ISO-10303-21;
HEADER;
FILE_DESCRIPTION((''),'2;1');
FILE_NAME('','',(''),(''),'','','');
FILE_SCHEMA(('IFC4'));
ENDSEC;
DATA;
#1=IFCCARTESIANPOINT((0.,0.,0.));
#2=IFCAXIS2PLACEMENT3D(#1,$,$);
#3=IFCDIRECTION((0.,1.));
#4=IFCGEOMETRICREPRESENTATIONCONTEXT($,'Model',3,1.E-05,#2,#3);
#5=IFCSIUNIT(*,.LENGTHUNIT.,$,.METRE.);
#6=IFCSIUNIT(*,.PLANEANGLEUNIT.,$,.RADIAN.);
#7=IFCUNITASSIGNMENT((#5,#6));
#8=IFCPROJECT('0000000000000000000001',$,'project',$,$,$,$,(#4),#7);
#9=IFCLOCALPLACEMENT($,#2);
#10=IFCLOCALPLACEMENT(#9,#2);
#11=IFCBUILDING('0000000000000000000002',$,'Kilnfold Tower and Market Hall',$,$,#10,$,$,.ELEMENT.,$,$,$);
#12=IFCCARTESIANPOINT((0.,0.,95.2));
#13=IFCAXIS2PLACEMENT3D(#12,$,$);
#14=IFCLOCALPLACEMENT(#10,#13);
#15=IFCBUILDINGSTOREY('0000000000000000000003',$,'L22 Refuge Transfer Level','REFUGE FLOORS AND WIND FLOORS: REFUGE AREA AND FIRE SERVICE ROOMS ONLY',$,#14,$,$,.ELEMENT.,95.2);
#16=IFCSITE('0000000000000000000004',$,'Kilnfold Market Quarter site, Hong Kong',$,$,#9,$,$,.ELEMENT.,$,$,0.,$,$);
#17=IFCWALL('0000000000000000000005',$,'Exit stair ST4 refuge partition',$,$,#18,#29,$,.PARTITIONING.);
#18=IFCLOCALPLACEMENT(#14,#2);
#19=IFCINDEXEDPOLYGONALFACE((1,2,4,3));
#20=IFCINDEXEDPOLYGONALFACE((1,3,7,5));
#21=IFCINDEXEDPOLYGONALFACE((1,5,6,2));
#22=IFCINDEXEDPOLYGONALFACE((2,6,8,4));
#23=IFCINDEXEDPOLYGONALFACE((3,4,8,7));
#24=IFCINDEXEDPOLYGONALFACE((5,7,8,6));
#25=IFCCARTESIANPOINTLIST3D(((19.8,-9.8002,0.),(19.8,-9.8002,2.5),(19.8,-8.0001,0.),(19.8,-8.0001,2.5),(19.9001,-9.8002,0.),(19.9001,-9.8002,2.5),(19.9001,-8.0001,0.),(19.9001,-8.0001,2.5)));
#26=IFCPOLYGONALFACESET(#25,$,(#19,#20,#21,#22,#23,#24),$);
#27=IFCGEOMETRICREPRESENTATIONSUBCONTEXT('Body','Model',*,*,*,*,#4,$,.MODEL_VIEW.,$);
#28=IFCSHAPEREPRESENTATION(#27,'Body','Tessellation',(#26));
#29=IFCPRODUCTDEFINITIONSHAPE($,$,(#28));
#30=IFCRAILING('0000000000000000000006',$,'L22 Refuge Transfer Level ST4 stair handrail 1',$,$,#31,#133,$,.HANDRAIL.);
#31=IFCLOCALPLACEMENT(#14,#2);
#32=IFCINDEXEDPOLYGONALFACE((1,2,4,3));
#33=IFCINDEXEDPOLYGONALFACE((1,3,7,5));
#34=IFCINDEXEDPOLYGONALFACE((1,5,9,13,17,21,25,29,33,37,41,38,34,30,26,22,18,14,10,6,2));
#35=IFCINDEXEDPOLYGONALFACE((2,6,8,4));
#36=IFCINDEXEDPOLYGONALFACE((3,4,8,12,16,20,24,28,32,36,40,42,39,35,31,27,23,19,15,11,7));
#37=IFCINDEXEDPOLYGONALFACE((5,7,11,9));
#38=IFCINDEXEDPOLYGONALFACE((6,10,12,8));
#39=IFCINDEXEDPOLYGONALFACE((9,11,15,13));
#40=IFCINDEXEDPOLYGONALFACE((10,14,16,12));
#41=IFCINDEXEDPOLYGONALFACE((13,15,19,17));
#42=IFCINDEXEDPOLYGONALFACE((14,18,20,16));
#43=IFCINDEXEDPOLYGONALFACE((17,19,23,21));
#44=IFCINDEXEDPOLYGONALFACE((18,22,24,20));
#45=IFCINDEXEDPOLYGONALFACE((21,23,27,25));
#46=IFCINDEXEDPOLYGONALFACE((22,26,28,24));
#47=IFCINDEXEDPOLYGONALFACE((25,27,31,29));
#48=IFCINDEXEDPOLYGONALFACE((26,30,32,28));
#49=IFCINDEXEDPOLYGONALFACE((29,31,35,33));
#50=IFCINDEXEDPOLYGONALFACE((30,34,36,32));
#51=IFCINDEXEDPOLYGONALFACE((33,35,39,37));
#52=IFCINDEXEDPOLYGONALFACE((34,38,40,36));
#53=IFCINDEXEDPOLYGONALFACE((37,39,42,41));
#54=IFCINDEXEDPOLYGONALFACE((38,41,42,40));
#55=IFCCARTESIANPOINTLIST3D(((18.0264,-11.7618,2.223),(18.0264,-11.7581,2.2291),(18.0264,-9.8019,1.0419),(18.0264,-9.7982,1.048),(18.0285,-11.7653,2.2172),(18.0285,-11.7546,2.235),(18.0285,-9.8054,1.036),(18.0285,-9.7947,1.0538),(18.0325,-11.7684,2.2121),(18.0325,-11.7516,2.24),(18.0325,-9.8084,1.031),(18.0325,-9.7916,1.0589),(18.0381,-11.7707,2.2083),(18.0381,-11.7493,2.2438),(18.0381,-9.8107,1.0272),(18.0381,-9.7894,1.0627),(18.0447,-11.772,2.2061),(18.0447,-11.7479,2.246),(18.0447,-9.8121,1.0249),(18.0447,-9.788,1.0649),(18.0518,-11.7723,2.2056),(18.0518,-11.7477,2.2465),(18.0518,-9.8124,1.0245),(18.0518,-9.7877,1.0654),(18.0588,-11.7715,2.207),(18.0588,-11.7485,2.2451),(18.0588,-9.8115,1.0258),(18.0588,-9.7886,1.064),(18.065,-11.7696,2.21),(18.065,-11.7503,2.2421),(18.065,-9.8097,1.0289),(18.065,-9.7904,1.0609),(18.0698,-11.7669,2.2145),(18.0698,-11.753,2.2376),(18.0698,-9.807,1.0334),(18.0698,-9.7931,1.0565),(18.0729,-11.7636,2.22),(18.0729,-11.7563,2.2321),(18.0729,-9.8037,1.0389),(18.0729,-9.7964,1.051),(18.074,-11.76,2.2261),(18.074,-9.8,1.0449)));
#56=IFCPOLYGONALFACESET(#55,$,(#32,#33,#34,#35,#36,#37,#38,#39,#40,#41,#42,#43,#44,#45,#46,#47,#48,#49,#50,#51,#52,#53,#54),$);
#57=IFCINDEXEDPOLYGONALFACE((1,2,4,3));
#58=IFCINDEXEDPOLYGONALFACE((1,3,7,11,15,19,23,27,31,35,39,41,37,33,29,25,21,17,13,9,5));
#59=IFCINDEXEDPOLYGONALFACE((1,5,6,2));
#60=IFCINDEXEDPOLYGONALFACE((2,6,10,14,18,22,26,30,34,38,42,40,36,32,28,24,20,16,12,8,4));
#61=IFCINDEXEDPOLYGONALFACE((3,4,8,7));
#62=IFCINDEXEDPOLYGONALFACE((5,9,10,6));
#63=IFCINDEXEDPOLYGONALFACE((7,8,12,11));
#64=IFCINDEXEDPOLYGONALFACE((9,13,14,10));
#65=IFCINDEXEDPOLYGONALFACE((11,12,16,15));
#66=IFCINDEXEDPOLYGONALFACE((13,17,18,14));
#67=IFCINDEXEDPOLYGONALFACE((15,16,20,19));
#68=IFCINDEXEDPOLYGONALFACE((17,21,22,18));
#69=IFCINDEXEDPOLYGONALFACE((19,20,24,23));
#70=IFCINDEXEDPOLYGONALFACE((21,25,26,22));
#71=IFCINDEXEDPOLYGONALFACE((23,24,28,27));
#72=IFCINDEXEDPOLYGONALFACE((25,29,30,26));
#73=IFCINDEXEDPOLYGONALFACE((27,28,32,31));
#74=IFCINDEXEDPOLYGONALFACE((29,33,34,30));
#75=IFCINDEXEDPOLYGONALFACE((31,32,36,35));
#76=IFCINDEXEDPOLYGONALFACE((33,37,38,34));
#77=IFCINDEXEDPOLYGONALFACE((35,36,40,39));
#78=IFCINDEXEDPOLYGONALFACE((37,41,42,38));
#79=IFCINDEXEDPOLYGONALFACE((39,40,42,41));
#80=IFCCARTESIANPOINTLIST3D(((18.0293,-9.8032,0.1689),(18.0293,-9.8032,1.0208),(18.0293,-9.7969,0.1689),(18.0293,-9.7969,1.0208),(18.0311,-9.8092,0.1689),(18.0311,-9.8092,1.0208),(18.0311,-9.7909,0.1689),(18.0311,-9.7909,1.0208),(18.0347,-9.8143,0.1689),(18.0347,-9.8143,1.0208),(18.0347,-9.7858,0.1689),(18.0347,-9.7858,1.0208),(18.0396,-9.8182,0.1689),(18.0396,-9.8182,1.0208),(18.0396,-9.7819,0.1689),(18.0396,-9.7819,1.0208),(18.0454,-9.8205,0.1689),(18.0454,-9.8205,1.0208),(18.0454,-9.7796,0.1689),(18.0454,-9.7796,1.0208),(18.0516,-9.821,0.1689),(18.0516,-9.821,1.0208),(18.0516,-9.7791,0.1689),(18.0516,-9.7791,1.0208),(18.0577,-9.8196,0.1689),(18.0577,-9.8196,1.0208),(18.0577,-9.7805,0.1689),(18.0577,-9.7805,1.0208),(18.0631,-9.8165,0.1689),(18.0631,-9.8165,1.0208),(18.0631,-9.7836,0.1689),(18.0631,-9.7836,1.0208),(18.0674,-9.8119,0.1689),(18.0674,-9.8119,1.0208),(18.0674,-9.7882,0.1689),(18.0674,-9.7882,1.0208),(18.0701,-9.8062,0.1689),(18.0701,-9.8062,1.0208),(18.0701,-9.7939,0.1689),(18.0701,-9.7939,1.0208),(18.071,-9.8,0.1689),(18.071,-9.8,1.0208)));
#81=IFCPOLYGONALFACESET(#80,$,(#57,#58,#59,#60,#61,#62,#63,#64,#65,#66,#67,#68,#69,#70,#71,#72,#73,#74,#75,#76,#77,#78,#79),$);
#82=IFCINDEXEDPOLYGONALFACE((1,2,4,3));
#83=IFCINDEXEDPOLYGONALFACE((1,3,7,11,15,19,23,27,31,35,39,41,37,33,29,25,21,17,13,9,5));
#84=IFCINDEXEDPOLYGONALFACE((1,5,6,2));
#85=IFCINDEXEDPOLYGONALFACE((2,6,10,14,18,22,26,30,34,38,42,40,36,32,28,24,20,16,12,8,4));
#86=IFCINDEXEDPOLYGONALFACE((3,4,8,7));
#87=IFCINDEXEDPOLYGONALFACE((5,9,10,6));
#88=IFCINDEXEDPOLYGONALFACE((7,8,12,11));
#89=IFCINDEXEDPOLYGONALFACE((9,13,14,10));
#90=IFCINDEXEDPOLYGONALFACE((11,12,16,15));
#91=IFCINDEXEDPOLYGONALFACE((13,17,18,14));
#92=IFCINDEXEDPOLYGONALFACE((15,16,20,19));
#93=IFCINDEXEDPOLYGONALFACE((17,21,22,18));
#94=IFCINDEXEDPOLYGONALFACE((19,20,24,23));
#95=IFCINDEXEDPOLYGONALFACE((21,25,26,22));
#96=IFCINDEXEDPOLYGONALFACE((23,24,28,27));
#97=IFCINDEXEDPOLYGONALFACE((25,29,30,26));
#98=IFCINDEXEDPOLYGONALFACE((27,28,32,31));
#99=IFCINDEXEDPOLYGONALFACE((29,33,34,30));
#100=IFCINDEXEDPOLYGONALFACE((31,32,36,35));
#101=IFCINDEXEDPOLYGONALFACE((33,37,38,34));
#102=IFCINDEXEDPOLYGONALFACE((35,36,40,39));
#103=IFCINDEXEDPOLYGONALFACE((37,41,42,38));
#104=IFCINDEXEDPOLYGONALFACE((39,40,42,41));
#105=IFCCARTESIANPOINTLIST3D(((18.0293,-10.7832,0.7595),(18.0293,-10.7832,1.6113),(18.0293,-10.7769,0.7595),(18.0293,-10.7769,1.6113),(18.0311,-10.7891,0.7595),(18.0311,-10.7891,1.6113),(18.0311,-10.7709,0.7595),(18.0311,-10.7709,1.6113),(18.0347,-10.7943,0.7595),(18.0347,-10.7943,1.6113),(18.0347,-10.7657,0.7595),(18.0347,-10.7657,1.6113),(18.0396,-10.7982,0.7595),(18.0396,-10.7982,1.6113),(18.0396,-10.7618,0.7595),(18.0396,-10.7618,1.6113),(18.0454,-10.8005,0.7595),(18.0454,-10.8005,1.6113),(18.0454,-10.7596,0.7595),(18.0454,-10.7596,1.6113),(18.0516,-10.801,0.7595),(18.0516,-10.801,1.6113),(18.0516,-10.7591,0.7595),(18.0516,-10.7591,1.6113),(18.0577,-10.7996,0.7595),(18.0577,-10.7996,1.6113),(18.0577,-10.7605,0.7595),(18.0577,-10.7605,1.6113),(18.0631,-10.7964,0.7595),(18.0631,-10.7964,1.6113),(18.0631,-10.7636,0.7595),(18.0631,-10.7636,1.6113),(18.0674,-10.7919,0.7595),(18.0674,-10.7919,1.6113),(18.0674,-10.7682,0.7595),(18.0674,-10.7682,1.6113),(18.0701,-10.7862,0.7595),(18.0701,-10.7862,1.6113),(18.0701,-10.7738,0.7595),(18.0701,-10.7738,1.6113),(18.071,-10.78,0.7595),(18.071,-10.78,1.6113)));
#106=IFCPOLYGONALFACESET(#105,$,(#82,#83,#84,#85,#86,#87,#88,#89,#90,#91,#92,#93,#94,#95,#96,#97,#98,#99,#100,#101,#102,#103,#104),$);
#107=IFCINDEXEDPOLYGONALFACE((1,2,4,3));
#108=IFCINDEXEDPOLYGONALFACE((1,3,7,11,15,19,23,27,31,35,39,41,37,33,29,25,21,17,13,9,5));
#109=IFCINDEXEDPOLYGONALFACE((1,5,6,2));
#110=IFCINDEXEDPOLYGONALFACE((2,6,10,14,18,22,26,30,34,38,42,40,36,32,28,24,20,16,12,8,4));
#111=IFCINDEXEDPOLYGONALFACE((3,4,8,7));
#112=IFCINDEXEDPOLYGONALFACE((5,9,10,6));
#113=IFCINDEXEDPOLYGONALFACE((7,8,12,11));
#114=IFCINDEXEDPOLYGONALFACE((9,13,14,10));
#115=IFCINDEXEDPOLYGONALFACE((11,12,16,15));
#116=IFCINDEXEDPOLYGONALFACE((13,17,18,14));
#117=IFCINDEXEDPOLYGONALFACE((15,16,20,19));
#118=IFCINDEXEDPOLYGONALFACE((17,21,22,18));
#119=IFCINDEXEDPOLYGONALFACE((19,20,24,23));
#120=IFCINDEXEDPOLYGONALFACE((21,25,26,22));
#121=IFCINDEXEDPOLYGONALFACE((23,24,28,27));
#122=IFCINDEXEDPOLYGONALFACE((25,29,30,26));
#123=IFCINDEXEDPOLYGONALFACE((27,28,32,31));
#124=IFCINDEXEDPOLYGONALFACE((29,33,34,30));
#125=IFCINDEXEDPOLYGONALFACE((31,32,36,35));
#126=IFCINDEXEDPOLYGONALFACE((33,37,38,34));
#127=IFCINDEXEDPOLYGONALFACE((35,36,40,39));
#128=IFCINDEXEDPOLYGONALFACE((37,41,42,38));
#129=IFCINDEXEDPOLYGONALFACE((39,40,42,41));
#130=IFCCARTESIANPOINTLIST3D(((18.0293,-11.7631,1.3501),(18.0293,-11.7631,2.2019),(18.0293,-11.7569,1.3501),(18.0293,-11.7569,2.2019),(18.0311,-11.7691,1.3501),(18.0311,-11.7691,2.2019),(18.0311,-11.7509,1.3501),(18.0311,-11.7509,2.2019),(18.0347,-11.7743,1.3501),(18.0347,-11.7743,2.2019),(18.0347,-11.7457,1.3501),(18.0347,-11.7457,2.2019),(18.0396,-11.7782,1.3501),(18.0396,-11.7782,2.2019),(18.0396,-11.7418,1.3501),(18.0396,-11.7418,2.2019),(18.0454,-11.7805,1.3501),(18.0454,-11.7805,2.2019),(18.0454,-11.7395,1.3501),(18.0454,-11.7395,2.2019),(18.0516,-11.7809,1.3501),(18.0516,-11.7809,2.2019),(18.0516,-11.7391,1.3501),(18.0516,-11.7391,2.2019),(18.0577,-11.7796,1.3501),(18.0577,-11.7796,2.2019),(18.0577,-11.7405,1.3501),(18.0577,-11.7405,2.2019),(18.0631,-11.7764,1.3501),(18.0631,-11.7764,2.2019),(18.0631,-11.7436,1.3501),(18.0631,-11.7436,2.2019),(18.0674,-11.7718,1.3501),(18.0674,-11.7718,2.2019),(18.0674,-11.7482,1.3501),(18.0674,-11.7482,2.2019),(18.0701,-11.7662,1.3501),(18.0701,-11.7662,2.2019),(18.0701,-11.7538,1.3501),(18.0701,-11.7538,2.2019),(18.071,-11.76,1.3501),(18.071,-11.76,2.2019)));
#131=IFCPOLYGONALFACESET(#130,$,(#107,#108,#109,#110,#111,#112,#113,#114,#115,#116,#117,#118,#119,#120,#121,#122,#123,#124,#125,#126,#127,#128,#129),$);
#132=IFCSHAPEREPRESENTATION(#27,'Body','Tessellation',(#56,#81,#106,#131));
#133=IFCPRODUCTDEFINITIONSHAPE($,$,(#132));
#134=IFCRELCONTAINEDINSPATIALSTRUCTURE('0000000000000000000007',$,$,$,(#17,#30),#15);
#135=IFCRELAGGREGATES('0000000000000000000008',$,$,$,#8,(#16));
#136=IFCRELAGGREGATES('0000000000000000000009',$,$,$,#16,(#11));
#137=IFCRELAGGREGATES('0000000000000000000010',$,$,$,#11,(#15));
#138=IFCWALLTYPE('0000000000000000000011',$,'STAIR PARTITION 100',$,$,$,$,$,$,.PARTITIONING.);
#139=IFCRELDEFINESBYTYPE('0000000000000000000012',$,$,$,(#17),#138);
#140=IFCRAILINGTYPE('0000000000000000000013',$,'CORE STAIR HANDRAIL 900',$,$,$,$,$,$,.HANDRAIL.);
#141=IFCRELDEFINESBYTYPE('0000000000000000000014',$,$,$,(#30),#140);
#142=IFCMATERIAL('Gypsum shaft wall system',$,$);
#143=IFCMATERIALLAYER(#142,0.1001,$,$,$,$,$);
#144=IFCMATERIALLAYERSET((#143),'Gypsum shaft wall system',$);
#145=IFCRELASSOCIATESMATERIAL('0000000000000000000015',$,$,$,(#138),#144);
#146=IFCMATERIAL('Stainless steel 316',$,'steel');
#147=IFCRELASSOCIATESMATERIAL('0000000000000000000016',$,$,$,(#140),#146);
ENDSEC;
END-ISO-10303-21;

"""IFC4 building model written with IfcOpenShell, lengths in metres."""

from ifc_helpers import new_model, si_unit, direction, frame, frame_2d, origin, origin_2d, place, context, subcontext, project, spatial, rectangle, circle, extrude, source, transform, mapped, material, layer, layer_set, type_object, element, save


model = new_model("IFC4")

# Units and contexts
model_context = context("Model", 3, precision=1e-05, world=origin(), true_north=direction((0.0, 1.0)))
body_context = subcontext(model_context, "Body", "Model", "MODEL_VIEW")
ifc_project = project(units=[si_unit("LENGTHUNIT", "METRE"), si_unit("PLANEANGLEUNIT", "RADIAN")], contexts=[model_context])

# Site, building, storey
site_placement = place(None, origin())
site = spatial("IfcSite", under=ifc_project, at=site_placement, Name="Kilnfold Market Quarter site, Hong Kong", CompositionType="ELEMENT", RefElevation=0.0)
building_placement = place(site_placement, origin())
building = spatial("IfcBuilding", under=site, at=building_placement, Name="Kilnfold Tower and Market Hall", CompositionType="ELEMENT")
storey_placement = place(building_placement, frame((0.0, 0.0, 95.2)))
storey = spatial("IfcBuildingStorey", under=building, at=storey_placement, Name="L22 Refuge Transfer Level", Description="REFUGE FLOORS AND WIND FLOORS: REFUGE AREA AND FIRE SERVICE ROOMS ONLY", CompositionType="ELEMENT", Elevation=95.2)

# Wall
ifc_material_1 = material(Name="Gypsum shaft wall system")
ifc_layer_1 = layer(ifc_material_1, 0.1001)
ifc_layer_set_1 = layer_set([ifc_layer_1], Name="Gypsum shaft wall system")
wall_type_1 = type_object("IfcWallType", Name="STAIR PARTITION 100", PredefinedType="PARTITIONING", material=ifc_layer_set_1)
shared_shape_1 = source(origin(), body_context, "Body", "SweptSolid", [
    extrude(rectangle(XDim=1.8, YDim=0.1001, at=frame_2d((0.8999, 0.0))), origin(), (0.0, 0.0, 1.0), 2.5),
])
wall_1_placement = place(storey_placement, frame((19.8501, -9.8, 0.0), z_axis=(0.0, 0.0, 1.0), x_axis=(0.0, 1.0, 0.0)))
element("IfcWall", 1, at=wall_1_placement, inside=storey, type_object=wall_type_1, Name="Exit stair ST4 refuge partition", PredefinedType="PARTITIONING", context=body_context, shape_type="MappedRepresentation", body=[
    mapped(shared_shape_1, transform((0.0, 0.0, 0.0))),
])

# Railing
ifc_material_2 = material(Name="Stainless steel 316", Category="steel")
railing_type_1 = type_object("IfcRailingType", Name="CORE STAIR HANDRAIL 900", PredefinedType="HANDRAIL", material=ifc_material_2)
railing_1_placement = place(storey_placement, frame((18.05, -9.8, 0.1689)))
element("IfcRailing", 2, at=railing_1_placement, inside=storey, type_object=railing_type_1, Name="L22 Refuge Transfer Level ST4 stair handrail 1", PredefinedType="HANDRAIL", context=body_context, shape_type="SweptSolid", body=[
    extrude(circle(Radius=0.0239, at=origin_2d()), frame((0.0, 0.0, 0.876), z_axis=(0.0, -0.856493, 0.516158), x_axis=(1.0, 0.0, 0.0)), (0.0, 0.0, 1.0), 2.2883),
    extrude(circle(Radius=0.021, at=origin_2d()), origin(), (0.0, 0.0, 1.0), 0.8518),
    extrude(circle(Radius=0.021, at=origin_2d()), frame((0.0, -0.98, 0.5906)), (0.0, 0.0, 1.0), 0.8518),
    extrude(circle(Radius=0.021, at=origin_2d()), frame((0.0, -1.96, 1.1812)), (0.0, 0.0, 1.0), 0.8518),
])

save(model, "model.ifc")
